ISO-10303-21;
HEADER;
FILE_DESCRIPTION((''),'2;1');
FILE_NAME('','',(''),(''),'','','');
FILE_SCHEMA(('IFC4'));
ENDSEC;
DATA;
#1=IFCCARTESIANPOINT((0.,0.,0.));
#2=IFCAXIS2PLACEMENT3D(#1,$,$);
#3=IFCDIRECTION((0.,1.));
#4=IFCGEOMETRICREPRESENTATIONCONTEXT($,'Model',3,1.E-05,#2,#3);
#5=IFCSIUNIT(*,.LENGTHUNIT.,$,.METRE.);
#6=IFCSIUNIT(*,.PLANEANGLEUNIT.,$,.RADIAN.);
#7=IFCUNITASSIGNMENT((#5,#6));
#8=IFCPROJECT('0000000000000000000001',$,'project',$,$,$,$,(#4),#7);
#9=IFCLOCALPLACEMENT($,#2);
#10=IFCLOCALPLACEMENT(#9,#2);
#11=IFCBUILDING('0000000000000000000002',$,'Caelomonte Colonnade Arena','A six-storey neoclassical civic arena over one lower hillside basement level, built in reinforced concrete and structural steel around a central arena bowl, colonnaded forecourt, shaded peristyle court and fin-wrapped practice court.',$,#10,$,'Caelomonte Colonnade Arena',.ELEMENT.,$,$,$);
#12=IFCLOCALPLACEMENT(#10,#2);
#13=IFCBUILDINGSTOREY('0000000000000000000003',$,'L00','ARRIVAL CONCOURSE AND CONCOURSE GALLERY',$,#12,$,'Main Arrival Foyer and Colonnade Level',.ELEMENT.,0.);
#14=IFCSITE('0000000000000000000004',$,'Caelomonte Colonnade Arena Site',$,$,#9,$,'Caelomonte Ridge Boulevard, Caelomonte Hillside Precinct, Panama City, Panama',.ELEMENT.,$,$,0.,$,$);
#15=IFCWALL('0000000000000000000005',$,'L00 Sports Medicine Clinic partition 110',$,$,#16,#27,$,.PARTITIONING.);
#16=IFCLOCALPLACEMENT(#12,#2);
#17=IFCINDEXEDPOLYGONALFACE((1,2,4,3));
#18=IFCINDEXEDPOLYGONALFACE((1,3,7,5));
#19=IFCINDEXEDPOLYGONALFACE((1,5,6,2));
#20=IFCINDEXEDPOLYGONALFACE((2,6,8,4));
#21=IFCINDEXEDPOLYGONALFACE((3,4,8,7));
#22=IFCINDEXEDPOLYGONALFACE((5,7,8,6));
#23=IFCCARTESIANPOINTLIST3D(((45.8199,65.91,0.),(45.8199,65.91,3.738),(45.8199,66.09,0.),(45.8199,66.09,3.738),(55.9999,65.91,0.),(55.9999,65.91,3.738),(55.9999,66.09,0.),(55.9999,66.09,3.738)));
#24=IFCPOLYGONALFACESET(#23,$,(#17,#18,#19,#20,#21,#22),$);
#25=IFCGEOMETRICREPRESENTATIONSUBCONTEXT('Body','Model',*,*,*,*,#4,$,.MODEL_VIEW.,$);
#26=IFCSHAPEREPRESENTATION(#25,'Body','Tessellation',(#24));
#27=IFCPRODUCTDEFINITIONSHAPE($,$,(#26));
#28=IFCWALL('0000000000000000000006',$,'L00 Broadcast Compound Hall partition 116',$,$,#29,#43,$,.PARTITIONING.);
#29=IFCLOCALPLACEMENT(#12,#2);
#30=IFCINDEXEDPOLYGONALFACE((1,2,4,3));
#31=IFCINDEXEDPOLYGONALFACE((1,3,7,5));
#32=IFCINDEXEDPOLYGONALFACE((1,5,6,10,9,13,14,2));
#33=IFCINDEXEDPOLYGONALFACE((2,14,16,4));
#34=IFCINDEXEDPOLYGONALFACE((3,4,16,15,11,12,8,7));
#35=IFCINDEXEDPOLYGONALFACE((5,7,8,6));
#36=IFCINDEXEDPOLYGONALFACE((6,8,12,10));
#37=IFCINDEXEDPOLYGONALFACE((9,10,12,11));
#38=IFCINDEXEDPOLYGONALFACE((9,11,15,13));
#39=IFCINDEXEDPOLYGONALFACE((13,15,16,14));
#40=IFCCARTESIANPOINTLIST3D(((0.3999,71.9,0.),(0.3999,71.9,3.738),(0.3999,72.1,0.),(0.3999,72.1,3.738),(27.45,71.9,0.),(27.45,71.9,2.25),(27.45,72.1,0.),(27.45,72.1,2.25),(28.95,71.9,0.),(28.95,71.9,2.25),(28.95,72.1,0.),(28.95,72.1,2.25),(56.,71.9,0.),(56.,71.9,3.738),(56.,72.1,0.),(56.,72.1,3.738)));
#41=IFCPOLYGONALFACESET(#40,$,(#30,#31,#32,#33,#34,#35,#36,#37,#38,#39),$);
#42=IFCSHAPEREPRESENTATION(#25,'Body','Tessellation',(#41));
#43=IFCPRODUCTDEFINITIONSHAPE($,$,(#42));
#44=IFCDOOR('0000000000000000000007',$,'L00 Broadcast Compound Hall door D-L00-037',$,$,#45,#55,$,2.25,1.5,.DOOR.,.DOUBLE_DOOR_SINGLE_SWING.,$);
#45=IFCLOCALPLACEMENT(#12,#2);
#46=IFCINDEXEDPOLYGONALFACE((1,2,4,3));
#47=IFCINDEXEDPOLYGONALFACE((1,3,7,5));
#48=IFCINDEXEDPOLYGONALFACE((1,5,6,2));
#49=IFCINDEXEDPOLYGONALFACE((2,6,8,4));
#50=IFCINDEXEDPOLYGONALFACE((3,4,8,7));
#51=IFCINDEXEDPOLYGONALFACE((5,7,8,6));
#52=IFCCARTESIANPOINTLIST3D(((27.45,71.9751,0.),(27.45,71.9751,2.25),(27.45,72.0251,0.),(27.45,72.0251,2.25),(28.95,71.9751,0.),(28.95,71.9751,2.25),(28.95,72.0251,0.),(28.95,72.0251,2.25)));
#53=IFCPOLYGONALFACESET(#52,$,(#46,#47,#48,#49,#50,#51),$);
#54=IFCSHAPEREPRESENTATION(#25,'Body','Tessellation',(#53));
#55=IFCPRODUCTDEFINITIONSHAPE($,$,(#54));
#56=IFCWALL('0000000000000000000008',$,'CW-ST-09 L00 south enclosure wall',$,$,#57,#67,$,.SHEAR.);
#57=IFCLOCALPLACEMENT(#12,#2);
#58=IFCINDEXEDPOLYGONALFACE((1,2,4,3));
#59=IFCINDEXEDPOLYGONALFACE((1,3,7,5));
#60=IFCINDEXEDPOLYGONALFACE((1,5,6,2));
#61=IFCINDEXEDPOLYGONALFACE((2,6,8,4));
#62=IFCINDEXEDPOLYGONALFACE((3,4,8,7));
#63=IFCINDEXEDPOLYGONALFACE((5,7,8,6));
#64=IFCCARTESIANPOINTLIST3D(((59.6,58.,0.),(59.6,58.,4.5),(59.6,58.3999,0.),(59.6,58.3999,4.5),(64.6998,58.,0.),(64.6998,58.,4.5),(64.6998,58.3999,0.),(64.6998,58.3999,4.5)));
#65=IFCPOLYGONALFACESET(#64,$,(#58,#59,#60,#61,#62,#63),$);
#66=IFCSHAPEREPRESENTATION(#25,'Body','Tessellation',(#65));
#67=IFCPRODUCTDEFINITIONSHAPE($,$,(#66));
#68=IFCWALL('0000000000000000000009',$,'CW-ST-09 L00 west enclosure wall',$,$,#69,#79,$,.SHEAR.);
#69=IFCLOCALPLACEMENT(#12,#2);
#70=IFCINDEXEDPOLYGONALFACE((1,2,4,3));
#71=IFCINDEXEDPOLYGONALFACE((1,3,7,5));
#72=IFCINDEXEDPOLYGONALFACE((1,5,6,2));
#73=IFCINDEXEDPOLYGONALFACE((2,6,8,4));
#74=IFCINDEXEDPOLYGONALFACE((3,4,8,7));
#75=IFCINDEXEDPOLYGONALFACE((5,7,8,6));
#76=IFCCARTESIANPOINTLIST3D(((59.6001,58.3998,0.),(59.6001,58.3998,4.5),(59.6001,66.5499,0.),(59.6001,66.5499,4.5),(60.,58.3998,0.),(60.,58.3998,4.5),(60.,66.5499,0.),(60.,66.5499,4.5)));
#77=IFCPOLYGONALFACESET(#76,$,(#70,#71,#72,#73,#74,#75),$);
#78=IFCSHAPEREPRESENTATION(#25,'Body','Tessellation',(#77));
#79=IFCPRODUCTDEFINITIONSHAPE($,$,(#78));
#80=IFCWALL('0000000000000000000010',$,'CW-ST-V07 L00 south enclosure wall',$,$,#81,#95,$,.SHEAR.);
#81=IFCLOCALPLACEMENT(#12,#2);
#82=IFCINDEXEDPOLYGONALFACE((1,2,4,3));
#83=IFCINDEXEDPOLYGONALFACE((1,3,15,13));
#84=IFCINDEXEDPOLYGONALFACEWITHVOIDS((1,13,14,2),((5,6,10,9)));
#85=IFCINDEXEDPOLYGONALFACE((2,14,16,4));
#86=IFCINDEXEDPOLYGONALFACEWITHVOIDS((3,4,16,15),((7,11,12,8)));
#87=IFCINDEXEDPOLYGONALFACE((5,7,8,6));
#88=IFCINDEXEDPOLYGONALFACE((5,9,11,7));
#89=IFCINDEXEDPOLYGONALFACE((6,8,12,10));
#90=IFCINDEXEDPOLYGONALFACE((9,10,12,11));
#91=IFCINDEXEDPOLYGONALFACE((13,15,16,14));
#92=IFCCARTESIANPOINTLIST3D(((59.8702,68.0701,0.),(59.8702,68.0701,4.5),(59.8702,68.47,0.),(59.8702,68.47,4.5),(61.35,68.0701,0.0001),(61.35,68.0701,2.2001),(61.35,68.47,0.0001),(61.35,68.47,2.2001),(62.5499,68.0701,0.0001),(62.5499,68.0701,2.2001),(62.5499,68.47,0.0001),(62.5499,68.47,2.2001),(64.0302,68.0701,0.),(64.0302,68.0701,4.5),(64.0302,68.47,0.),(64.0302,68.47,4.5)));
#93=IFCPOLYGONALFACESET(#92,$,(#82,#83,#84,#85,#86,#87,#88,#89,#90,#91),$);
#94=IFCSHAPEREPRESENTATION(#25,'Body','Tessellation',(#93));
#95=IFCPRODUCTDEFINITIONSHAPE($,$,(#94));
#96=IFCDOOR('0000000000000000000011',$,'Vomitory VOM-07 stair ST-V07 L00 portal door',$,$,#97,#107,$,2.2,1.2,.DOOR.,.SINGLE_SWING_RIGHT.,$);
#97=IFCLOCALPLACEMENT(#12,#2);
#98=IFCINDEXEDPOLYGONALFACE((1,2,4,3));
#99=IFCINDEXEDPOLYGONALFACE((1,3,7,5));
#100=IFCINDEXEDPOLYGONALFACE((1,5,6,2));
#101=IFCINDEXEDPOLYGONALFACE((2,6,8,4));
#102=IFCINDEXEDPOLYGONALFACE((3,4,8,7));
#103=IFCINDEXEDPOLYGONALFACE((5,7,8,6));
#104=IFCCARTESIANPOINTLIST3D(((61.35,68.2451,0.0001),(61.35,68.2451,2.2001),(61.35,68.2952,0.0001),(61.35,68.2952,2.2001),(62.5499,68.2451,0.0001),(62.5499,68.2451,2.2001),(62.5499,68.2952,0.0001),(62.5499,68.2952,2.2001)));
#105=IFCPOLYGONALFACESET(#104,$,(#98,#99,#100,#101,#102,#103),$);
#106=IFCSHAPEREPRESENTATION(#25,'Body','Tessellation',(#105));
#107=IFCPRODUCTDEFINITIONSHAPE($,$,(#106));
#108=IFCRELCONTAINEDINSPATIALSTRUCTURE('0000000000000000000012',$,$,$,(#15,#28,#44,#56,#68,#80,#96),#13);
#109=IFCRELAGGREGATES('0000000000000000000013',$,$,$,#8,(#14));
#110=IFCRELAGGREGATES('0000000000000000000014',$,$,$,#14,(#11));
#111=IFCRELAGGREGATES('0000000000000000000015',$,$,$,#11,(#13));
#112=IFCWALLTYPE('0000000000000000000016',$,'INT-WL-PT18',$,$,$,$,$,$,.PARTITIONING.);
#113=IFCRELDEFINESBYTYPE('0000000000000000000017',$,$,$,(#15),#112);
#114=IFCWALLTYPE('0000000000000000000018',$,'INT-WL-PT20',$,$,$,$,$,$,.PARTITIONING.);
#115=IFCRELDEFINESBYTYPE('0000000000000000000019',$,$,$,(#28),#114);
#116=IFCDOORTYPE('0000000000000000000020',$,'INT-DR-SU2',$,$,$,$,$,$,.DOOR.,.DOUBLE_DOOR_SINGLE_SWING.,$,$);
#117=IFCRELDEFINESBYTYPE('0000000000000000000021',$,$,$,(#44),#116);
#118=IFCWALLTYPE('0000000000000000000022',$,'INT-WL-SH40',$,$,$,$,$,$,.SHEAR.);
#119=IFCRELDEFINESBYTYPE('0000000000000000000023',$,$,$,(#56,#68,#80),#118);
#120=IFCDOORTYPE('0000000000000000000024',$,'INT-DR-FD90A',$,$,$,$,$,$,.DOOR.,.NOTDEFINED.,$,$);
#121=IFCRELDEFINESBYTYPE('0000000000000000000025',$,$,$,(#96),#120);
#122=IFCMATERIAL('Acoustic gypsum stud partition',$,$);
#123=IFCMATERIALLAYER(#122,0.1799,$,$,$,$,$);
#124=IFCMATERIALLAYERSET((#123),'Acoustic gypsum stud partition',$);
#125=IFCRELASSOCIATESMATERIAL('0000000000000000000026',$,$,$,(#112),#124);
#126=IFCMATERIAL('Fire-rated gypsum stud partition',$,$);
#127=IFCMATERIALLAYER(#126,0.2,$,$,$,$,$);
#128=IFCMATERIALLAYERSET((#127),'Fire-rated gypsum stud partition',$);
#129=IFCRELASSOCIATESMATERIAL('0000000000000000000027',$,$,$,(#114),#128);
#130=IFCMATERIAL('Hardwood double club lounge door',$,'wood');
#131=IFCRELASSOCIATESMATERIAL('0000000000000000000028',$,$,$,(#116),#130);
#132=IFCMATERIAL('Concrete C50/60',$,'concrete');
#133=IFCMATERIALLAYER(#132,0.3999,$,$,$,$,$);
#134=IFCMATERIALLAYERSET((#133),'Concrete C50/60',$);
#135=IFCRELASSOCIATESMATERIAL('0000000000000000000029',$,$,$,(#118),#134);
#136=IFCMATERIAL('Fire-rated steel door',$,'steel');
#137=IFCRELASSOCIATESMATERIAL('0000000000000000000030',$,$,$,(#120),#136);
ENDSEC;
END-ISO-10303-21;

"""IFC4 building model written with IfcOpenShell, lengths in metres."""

from ifc_helpers import new_model, si_unit, direction, frame, frame_2d, origin, place, context, subcontext, project, spatial, rectangle, extrude, material, layer, layer_set, type_object, element, fill, save


model = new_model("IFC4")

# Units and contexts
model_context = context("Model", 3, precision=1e-05, world=origin(), true_north=direction((0.0, 1.0)))
body_context = subcontext(model_context, "Body", "Model", "MODEL_VIEW")
ifc_project = project(units=[si_unit("LENGTHUNIT", "METRE"), si_unit("PLANEANGLEUNIT", "RADIAN")], contexts=[model_context])

# Site, building, storey
site_placement = place(None, origin())
site = spatial("IfcSite", under=ifc_project, at=site_placement, Name="Caelomonte Colonnade Arena Site", LongName="Caelomonte Ridge Boulevard, Caelomonte Hillside Precinct, Panama City, Panama", CompositionType="ELEMENT", RefElevation=0.0)
building_placement = place(site_placement, origin())
building = spatial("IfcBuilding", under=site, at=building_placement, Name="Caelomonte Colonnade Arena", Description="A six-storey neoclassical civic arena over one lower hillside basement level, built in reinforced concrete and structural steel around a central arena bowl, colonnaded forecourt, shaded peristyle court and fin-wrapped practice court.", LongName="Caelomonte Colonnade Arena", CompositionType="ELEMENT")
storey_placement = place(building_placement, origin())
storey = spatial("IfcBuildingStorey", under=building, at=storey_placement, Name="L00", Description="ARRIVAL CONCOURSE AND CONCOURSE GALLERY", LongName="Main Arrival Foyer and Colonnade Level", CompositionType="ELEMENT", Elevation=0.0)

# Shared definitions
ifc_material_1 = material(Name="Acoustic gypsum stud partition")
ifc_layer_1 = layer(ifc_material_1, 0.1799)
ifc_layer_set_1 = layer_set([ifc_layer_1], Name="Acoustic gypsum stud partition")
wall_type_1 = type_object("IfcWallType", Name="INT-WL-PT18", PredefinedType="PARTITIONING", material=ifc_layer_set_1)

# Wall
wall_1_placement = place(storey_placement, frame((45.8201, 66.0, 0.0), z_axis=(0.0, 0.0, 1.0), x_axis=(1.0, 0.0, 0.0)))
element("IfcWall", 1, at=wall_1_placement, inside=storey, type_object=wall_type_1, Name="L00 Sports Medicine Clinic partition 110", PredefinedType="PARTITIONING", context=body_context, shape_type="SweptSolid", body=[
    extrude(rectangle(XDim=10.1799, YDim=0.1799, at=frame_2d((5.0898, 0.0))), origin(), (0.0, 0.0, 1.0), 3.738),
])

# Wall, opening, door
ifc_material_2 = material(Name="Fire-rated gypsum stud partition")
ifc_layer_2 = layer(ifc_material_2, 0.2)
ifc_layer_set_2 = layer_set([ifc_layer_2], Name="Fire-rated gypsum stud partition")
wall_type_2 = type_object("IfcWallType", Name="INT-WL-PT20", PredefinedType="PARTITIONING", material=ifc_layer_set_2)
wall_2_placement = place(storey_placement, frame((56.0, 72.0, 0.0), z_axis=(0.0, 0.0, 1.0), x_axis=(-1.0, 0.0, 0.0)))
wall_2 = element("IfcWall", 2, at=wall_2_placement, inside=storey, type_object=wall_type_2, Name="L00 Broadcast Compound Hall partition 116", PredefinedType="PARTITIONING", context=body_context, shape_type="SweptSolid", body=[
    extrude(rectangle(XDim=55.6001, YDim=0.2, at=frame_2d((27.8, 0.0))), origin(), (0.0, 0.0, 1.0), 3.738),
])
opening_1_placement = place(wall_2_placement, frame((27.05, 0.0, 0.0), z_axis=(0.0, 0.0, 1.0), x_axis=(1.0, 0.0, 0.0)))
opening_1 = element("IfcOpeningElement", 3, at=opening_1_placement, cuts=wall_2, PredefinedType="OPENING", context=body_context, shape_type="SweptSolid", body=[
    extrude(rectangle(XDim=1.5, YDim=2.25, at=frame_2d((0.75, 1.125))), frame((0.0, 0.1099, 0.0), z_axis=(0.0, -1.0, 0.0), x_axis=(1.0, 0.0, 0.0)), (0.0, 0.0, 1.0), 0.22),
])
ifc_material_3 = material(Name="Hardwood double club lounge door", Category="wood")
door_type_1 = type_object("IfcDoorType", Name="INT-DR-SU2", OperationType="DOUBLE_DOOR_SINGLE_SWING", PredefinedType="DOOR", material=ifc_material_3)
door_1_placement = place(opening_1_placement, origin())
door_1 = element("IfcDoor", 4, at=door_1_placement, inside=storey, type_object=door_type_1, Name="L00 Broadcast Compound Hall door D-L00-037", OperationType="DOUBLE_DOOR_SINGLE_SWING", OverallHeight=2.25, OverallWidth=1.5, PredefinedType="DOOR", context=body_context, shape_type="SweptSolid", body=[
    extrude(rectangle(XDim=1.5, YDim=2.25, at=frame_2d((0.75, 1.125))), frame((0.0, 0.0249, 0.0), z_axis=(0.0, -1.0, 0.0), x_axis=(1.0, 0.0, 0.0)), (0.0, 0.0, 1.0), 0.05),
])
fill(opening_1, door_1)

# Walls
ifc_material_4 = material(Name="Concrete C50/60", Category="concrete")
ifc_layer_3 = layer(ifc_material_4, 0.3999)
ifc_layer_set_3 = layer_set([ifc_layer_3], Name="Concrete C50/60")
wall_type_3 = type_object("IfcWallType", Name="INT-WL-SH40", PredefinedType="SHEAR", material=ifc_layer_set_3)
wall_3_placement = place(storey_placement, frame((59.6001, 58.2, 0.0), z_axis=(0.0, 0.0, 1.0), x_axis=(1.0, 0.0, 0.0)))
element("IfcWall", 5, at=wall_3_placement, inside=storey, type_object=wall_type_3, Name="CW-ST-09 L00 south enclosure wall", PredefinedType="SHEAR", context=body_context, shape_type="SweptSolid", body=[
    extrude(rectangle(XDim=5.0999, YDim=0.3999, at=frame_2d((2.5498, 0.0))), origin(), (0.0, 0.0, 1.0), 4.5),
])
wall_4_placement = place(storey_placement, frame((59.8, 66.55, 0.0), z_axis=(0.0, 0.0, 1.0), x_axis=(0.0, -1.0, 0.0)))
element("IfcWall", 6, at=wall_4_placement, inside=storey, type_object=wall_type_3, Name="CW-ST-09 L00 west enclosure wall", PredefinedType="SHEAR", context=body_context, shape_type="SweptSolid", body=[
    extrude(rectangle(XDim=8.1501, YDim=0.3999, at=frame_2d((4.0752, 0.0))), origin(), (0.0, 0.0, 1.0), 4.5),
])

# Wall, opening, door
wall_5_placement = place(storey_placement, frame((59.8701, 68.27, 0.0), z_axis=(0.0, 0.0, 1.0), x_axis=(1.0, 0.0, 0.0)))
wall_5 = element("IfcWall", 7, at=wall_5_placement, inside=storey, type_object=wall_type_3, Name="CW-ST-V07 L00 south enclosure wall", PredefinedType="SHEAR", context=body_context, shape_type="SweptSolid", body=[
    extrude(rectangle(XDim=4.1599, YDim=0.3999, at=frame_2d((2.0801, 0.0))), origin(), (0.0, 0.0, 1.0), 4.5),
])
opening_2_placement = place(wall_5_placement, frame((2.6799, 0.0, 0.0), z_axis=(0.0, 0.0, 1.0), x_axis=(-1.0, 0.0, 0.0)))
opening_2 = element("IfcOpeningElement", 8, at=opening_2_placement, cuts=wall_5, PredefinedType="OPENING", context=body_context, shape_type="SweptSolid", body=[
    extrude(rectangle(XDim=1.2, YDim=2.2, at=frame_2d((0.6001, 1.1001))), frame((0.0, 0.21, 0.0), z_axis=(0.0, -1.0, 0.0), x_axis=(1.0, 0.0, 0.0)), (0.0, 0.0, 1.0), 0.4199),
])
ifc_material_5 = material(Name="Fire-rated steel door", Category="steel")
door_type_2 = type_object("IfcDoorType", Name="INT-DR-FD90A", OperationType="NOTDEFINED", PredefinedType="DOOR", material=ifc_material_5)
door_2_placement = place(opening_2_placement, origin())
door_2 = element("IfcDoor", 9, at=door_2_placement, inside=storey, type_object=door_type_2, Name="Vomitory VOM-07 stair ST-V07 L00 portal door", OperationType="SINGLE_SWING_RIGHT", OverallHeight=2.2, OverallWidth=1.2, PredefinedType="DOOR", context=body_context, shape_type="SweptSolid", body=[
    extrude(rectangle(XDim=1.2, YDim=2.2, at=frame_2d((0.6001, 1.1001))), frame((0.0, 0.0249, 0.0), z_axis=(0.0, -1.0, 0.0), x_axis=(1.0, 0.0, 0.0)), (0.0, 0.0, 1.0), 0.05),
])
fill(opening_2, door_2)

save(model, "model.ifc")
